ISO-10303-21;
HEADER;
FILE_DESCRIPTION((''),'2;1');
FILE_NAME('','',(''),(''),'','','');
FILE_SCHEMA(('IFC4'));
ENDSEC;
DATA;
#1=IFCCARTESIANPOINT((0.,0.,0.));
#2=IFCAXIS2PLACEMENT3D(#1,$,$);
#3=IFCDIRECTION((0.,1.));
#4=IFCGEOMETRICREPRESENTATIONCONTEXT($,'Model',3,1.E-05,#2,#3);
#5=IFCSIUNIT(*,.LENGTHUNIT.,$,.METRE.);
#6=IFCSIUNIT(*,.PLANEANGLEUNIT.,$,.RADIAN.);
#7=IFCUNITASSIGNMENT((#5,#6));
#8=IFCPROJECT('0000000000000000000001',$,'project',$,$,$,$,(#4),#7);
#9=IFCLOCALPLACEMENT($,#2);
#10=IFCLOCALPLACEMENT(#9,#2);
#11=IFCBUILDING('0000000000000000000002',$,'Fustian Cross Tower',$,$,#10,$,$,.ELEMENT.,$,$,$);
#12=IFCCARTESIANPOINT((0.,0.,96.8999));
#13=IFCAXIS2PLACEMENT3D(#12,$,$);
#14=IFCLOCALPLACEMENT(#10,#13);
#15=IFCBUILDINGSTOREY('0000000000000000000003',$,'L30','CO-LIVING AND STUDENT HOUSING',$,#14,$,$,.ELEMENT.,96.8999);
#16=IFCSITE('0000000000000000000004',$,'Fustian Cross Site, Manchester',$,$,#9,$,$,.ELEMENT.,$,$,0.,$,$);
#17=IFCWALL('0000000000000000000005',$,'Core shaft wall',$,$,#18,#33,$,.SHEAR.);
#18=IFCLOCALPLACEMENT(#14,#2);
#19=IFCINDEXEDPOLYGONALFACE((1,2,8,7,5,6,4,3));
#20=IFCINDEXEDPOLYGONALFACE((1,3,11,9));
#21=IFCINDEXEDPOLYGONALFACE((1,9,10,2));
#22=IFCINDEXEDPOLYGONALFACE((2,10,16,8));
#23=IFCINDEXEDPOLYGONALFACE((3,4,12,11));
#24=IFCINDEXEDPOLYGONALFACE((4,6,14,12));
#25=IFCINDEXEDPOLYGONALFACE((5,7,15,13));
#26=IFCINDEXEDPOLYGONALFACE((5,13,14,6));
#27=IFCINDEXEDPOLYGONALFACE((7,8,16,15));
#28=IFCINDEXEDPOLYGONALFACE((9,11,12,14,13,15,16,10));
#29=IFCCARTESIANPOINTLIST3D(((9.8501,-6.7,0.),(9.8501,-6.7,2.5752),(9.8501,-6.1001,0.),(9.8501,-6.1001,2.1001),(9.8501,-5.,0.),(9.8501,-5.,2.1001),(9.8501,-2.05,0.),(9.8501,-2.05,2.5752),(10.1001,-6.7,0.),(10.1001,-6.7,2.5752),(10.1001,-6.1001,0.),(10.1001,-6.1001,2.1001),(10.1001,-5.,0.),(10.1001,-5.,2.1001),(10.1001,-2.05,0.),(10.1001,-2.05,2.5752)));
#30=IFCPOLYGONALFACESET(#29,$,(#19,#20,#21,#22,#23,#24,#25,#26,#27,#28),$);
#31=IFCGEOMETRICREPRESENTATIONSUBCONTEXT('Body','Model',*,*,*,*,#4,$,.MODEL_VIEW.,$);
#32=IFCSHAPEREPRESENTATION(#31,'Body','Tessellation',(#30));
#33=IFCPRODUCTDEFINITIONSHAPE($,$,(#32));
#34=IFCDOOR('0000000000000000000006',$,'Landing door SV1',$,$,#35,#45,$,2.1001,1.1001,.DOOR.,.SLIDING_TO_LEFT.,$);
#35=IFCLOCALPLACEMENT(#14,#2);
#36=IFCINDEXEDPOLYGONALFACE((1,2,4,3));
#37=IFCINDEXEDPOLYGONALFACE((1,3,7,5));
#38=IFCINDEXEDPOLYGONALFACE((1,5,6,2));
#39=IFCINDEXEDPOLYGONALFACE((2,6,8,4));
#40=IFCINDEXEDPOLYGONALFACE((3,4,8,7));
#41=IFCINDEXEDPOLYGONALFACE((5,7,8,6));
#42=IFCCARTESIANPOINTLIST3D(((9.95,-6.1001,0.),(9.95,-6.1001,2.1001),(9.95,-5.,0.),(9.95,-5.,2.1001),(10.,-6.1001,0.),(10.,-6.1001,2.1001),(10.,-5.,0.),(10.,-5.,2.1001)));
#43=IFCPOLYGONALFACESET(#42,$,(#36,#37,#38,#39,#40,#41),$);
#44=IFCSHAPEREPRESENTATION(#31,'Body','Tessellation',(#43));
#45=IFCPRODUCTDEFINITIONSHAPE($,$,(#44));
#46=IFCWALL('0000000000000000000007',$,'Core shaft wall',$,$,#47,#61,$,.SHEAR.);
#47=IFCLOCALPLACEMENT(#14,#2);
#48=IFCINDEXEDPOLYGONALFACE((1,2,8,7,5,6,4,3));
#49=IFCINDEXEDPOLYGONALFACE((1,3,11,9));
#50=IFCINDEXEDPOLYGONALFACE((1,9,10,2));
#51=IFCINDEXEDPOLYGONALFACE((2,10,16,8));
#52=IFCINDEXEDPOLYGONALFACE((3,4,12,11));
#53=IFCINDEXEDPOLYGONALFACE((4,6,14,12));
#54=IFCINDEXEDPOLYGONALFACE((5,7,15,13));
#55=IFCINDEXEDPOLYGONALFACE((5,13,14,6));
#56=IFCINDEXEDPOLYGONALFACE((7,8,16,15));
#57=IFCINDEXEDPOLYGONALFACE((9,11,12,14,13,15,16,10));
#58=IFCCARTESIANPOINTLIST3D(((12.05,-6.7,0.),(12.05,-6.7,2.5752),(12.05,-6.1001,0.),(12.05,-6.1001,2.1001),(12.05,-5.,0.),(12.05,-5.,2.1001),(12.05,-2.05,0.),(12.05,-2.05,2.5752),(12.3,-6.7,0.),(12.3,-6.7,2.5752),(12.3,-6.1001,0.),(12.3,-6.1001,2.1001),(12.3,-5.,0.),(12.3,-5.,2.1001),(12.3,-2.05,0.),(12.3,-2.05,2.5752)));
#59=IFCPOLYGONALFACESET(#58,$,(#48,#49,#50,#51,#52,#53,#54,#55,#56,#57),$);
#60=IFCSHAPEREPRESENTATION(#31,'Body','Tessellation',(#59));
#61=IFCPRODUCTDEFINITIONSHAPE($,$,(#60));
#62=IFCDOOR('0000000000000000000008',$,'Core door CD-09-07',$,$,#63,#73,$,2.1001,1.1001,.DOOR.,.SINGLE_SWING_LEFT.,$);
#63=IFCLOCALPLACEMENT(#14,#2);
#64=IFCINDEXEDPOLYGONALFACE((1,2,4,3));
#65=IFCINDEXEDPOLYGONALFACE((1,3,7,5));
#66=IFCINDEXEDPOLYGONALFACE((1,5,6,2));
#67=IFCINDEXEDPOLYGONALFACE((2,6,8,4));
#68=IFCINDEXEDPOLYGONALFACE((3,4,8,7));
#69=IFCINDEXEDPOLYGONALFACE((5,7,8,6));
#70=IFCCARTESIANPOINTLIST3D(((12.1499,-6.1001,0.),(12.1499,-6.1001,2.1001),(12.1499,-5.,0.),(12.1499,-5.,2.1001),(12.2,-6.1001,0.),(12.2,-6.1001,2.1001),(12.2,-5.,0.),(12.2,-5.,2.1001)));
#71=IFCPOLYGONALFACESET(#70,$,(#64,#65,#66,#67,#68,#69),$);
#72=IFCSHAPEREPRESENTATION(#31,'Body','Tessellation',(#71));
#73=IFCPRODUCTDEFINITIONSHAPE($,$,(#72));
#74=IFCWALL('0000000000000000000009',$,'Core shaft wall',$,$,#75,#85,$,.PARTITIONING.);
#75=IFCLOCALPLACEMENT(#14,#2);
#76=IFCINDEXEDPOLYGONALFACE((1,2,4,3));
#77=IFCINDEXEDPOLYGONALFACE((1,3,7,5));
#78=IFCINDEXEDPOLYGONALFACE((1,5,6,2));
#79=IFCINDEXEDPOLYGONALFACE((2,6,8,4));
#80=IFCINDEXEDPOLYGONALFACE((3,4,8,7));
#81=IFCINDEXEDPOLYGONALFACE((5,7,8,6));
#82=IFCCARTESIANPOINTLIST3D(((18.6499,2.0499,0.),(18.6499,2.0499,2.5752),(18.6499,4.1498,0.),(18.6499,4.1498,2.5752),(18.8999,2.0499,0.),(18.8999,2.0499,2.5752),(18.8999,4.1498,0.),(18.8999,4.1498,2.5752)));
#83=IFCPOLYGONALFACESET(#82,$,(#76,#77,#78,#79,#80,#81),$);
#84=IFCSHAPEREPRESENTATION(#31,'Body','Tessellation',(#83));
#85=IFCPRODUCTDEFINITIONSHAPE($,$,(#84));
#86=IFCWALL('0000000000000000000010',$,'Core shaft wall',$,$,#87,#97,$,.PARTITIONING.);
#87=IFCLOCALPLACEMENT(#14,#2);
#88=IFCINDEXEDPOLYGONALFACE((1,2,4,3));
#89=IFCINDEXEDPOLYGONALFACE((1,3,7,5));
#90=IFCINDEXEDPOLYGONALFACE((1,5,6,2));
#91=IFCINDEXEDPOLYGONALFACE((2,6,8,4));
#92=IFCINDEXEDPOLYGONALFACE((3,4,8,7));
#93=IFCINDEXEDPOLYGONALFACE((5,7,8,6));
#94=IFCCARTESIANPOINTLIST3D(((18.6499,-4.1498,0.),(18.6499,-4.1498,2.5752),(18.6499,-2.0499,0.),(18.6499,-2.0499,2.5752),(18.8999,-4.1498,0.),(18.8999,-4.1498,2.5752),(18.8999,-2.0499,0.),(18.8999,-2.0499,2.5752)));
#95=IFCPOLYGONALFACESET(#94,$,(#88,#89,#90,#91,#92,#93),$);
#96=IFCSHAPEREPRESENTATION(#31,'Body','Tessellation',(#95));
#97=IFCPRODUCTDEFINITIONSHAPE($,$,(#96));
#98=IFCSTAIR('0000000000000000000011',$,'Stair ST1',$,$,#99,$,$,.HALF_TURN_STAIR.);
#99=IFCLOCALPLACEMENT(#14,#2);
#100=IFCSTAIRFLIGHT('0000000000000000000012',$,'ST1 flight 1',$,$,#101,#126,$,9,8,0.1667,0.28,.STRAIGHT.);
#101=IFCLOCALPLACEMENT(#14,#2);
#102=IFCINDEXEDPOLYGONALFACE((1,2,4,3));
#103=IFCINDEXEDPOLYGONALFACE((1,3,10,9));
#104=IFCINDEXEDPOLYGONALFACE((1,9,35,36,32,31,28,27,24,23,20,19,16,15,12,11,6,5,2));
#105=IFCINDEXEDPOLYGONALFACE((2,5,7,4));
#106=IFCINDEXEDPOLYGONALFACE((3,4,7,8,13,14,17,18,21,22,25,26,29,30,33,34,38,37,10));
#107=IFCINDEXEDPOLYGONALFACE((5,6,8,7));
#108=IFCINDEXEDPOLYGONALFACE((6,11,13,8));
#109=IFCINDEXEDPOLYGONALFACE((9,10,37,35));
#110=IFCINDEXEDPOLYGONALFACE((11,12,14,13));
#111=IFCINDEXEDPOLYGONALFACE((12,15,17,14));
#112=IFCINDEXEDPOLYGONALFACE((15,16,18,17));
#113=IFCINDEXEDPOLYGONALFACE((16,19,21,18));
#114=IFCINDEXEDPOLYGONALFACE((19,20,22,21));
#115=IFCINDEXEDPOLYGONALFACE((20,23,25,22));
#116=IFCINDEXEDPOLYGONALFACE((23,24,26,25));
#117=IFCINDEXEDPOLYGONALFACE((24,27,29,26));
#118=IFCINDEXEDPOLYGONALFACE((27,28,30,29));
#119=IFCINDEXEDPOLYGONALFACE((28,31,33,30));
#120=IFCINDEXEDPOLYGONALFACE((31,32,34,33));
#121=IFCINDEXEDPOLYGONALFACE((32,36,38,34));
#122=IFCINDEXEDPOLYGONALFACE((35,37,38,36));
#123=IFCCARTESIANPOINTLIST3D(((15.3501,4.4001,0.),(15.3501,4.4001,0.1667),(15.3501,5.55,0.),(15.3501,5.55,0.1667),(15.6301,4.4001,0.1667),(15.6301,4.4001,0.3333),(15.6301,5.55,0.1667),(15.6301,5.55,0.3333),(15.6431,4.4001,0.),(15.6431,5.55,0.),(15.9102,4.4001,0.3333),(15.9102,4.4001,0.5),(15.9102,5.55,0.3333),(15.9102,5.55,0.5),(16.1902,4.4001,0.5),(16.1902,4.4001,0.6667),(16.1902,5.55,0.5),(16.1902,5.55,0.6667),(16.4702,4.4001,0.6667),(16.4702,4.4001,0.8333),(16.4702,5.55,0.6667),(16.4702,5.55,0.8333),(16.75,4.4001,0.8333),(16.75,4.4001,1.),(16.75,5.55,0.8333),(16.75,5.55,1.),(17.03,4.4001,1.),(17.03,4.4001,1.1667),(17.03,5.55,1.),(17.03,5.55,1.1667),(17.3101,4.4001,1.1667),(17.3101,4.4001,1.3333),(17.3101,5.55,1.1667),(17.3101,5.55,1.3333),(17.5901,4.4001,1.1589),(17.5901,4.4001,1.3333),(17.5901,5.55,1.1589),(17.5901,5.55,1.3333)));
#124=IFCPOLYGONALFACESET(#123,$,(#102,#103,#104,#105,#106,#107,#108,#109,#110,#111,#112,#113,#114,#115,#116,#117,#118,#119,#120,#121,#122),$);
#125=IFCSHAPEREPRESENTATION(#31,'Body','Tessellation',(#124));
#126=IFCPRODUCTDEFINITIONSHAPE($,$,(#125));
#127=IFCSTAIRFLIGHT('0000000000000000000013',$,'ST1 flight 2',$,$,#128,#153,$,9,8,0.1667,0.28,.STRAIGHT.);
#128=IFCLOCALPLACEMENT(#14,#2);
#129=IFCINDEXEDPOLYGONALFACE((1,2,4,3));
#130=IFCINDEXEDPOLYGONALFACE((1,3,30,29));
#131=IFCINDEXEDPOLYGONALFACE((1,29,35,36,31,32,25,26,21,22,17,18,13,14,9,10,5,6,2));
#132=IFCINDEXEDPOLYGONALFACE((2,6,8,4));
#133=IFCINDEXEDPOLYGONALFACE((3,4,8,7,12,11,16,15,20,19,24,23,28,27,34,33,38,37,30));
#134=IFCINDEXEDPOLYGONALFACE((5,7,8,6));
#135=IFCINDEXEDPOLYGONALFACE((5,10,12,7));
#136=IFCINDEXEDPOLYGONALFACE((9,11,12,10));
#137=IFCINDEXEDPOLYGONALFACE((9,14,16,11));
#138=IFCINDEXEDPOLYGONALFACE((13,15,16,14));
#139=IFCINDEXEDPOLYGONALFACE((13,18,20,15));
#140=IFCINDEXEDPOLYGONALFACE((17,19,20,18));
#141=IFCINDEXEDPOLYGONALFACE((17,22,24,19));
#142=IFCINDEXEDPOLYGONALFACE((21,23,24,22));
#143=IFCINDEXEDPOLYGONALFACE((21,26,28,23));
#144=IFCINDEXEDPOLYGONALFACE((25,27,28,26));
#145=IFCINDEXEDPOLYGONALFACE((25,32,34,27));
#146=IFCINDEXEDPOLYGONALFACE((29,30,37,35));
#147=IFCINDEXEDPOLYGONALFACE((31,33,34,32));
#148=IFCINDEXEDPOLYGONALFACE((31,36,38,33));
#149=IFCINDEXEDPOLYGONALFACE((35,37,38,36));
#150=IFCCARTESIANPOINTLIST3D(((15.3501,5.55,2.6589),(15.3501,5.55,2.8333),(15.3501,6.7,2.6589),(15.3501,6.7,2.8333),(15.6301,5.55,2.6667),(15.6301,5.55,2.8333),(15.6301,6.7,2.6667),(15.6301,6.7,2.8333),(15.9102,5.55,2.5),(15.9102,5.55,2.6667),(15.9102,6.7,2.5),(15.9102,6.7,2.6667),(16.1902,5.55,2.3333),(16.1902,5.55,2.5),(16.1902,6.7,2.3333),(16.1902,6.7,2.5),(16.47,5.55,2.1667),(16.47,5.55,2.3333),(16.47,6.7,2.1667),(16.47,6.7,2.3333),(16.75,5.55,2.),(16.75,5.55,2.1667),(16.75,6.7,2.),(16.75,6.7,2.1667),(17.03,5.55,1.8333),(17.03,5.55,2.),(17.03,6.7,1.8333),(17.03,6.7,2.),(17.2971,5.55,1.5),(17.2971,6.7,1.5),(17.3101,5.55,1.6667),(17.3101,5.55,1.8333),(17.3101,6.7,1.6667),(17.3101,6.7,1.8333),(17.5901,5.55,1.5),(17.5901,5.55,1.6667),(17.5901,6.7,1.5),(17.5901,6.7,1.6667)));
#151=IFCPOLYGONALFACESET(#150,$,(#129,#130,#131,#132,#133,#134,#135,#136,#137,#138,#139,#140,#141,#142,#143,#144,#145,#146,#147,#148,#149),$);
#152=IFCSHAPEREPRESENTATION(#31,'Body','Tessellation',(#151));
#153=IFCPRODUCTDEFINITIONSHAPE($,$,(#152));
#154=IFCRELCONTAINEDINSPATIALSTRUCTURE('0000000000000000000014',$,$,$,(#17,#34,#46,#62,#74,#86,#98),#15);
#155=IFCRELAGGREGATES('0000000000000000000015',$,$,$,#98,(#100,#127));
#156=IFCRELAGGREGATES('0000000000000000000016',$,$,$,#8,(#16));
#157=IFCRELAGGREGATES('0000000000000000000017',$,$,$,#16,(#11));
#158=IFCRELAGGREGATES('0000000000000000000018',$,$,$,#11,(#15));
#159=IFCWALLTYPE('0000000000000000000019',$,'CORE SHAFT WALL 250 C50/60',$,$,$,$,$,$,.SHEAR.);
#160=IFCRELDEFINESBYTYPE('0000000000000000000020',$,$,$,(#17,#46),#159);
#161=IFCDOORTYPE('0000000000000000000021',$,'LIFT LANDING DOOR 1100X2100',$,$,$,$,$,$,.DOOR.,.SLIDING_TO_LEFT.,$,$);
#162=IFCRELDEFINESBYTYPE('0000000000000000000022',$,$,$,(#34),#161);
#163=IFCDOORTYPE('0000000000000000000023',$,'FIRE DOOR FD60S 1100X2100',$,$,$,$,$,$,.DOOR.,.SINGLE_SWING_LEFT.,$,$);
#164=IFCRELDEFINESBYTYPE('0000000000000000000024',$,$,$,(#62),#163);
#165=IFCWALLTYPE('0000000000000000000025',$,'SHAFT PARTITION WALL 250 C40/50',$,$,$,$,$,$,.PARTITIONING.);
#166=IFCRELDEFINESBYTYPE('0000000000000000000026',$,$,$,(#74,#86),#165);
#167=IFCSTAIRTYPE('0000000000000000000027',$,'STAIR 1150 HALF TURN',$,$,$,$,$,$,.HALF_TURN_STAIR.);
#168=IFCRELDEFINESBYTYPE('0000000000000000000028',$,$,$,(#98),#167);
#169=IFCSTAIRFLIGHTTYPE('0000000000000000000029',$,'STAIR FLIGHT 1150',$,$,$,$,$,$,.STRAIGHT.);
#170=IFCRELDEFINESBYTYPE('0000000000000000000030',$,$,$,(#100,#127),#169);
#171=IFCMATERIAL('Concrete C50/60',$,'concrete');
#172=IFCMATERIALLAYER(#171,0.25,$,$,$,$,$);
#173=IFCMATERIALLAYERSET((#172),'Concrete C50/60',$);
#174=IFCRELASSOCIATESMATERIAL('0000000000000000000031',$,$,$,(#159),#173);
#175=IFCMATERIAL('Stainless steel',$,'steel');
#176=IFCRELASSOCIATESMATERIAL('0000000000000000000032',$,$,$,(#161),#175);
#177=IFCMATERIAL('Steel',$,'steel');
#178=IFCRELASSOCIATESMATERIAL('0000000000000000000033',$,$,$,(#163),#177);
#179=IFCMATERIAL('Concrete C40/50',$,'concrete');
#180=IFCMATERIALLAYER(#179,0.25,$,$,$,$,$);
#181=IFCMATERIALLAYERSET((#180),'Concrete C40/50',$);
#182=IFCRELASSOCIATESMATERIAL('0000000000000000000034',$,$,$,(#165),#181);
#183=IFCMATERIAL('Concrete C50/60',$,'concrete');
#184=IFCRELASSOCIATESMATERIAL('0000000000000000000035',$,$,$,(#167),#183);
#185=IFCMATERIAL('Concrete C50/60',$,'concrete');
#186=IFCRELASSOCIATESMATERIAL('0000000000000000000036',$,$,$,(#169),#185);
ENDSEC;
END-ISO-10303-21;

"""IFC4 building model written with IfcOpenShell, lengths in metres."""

from ifc_helpers import new_model, si_unit, direction, frame, frame_2d, origin, place, context, subcontext, project, spatial, polyline, rectangle, outline, extrude, material, layer, layer_set, type_object, element, fill, aggregate, save


model = new_model("IFC4")

# Units and contexts
model_context = context("Model", 3, precision=1e-05, world=origin(), true_north=direction((0.0, 1.0)))
body_context = subcontext(model_context, "Body", "Model", "MODEL_VIEW")
ifc_project = project(units=[si_unit("LENGTHUNIT", "METRE"), si_unit("PLANEANGLEUNIT", "RADIAN")], contexts=[model_context])

# Site, building, storey
site_placement = place(None, origin())
site = spatial("IfcSite", under=ifc_project, at=site_placement, Name="Fustian Cross Site, Manchester", CompositionType="ELEMENT", RefElevation=0.0)
building_placement = place(site_placement, origin())
building = spatial("IfcBuilding", under=site, at=building_placement, Name="Fustian Cross Tower", CompositionType="ELEMENT")
storey_placement = place(building_placement, frame((0.0, 0.0, 96.8999)))
storey = spatial("IfcBuildingStorey", under=building, at=storey_placement, Name="L30", Description="CO-LIVING AND STUDENT HOUSING", CompositionType="ELEMENT", Elevation=96.8999)

# Shared definitions
ifc_material_1 = material(Name="Concrete C50/60", Category="concrete")
ifc_layer_1 = layer(ifc_material_1, 0.25)
ifc_layer_set_1 = layer_set([ifc_layer_1], Name="Concrete C50/60")
wall_type_1 = type_object("IfcWallType", Name="CORE SHAFT WALL 250 C50/60", PredefinedType="SHEAR", material=ifc_layer_set_1)

# Walls, openings, doors
ifc_material_2 = material(Name="Stainless steel", Category="steel")
door_type_1 = type_object("IfcDoorType", Name="LIFT LANDING DOOR 1100X2100", OperationType="SLIDING_TO_LEFT", PredefinedType="DOOR", material=ifc_material_2)
ifc_material_3 = material(Name="Steel", Category="steel")
door_type_2 = type_object("IfcDoorType", Name="FIRE DOOR FD60S 1100X2100", OperationType="SINGLE_SWING_LEFT", PredefinedType="DOOR", material=ifc_material_3)
wall_1_placement = place(storey_placement, frame((9.9751, -2.05, 0.0), z_axis=(0.0, 0.0, 1.0), x_axis=(0.0, -1.0, 0.0)))
wall_1 = element("IfcWall", 1, at=wall_1_placement, inside=storey, type_object=wall_type_1, Name="Core shaft wall", PredefinedType="SHEAR", context=body_context, shape_type="SweptSolid", body=[
    extrude(rectangle(XDim=4.6499, YDim=0.25, at=frame_2d((2.325, 0.0))), origin(), (0.0, 0.0, 1.0), 2.5752),
])
opening_1_placement = place(wall_1_placement, frame((2.95, 0.0, 0.0)))
opening_1 = element("IfcOpeningElement", 2, at=opening_1_placement, cuts=wall_1, PredefinedType="OPENING", context=body_context, shape_type="SweptSolid", body=[
    extrude(rectangle(XDim=1.1001, YDim=2.1001, at=frame_2d((0.55, 1.05))), frame((0.0, 0.135, 0.0), z_axis=(0.0, -1.0, 0.0), x_axis=(1.0, 0.0, 0.0)), (0.0, 0.0, 1.0), 0.27),
])
door_1_placement = place(opening_1_placement, origin())
door_1 = element("IfcDoor", 3, at=door_1_placement, inside=storey, type_object=door_type_1, Name="Landing door SV1", OperationType="SLIDING_TO_LEFT", OverallHeight=2.1001, OverallWidth=1.1001, PredefinedType="DOOR", context=body_context, shape_type="SweptSolid", body=[
    extrude(rectangle(XDim=1.1001, YDim=2.1001, at=frame_2d((0.55, 1.05))), frame((0.0, 0.0249, 0.0), z_axis=(0.0, -1.0, 0.0), x_axis=(1.0, 0.0, 0.0)), (0.0, 0.0, 1.0), 0.05),
])
fill(opening_1, door_1)
wall_2_placement = place(storey_placement, frame((12.175, -2.05, 0.0), z_axis=(0.0, 0.0, 1.0), x_axis=(0.0, -1.0, 0.0)))
wall_2 = element("IfcWall", 4, at=wall_2_placement, inside=storey, type_object=wall_type_1, Name="Core shaft wall", PredefinedType="SHEAR", context=body_context, shape_type="SweptSolid", body=[
    extrude(rectangle(XDim=4.6499, YDim=0.25, at=frame_2d((2.325, 0.0))), origin(), (0.0, 0.0, 1.0), 2.5752),
])
opening_2_placement = place(wall_2_placement, frame((2.95, 0.0, 0.0)))
opening_2 = element("IfcOpeningElement", 5, at=opening_2_placement, cuts=wall_2, PredefinedType="OPENING", context=body_context, shape_type="SweptSolid", body=[
    extrude(rectangle(XDim=1.1001, YDim=2.1001, at=frame_2d((0.55, 1.05))), frame((0.0, 0.135, 0.0), z_axis=(0.0, -1.0, 0.0), x_axis=(1.0, 0.0, 0.0)), (0.0, 0.0, 1.0), 0.27),
])
door_2_placement = place(opening_2_placement, origin())
door_2 = element("IfcDoor", 6, at=door_2_placement, inside=storey, type_object=door_type_2, Name="Core door CD-09-07", OperationType="SINGLE_SWING_LEFT", OverallHeight=2.1001, OverallWidth=1.1001, PredefinedType="DOOR", context=body_context, shape_type="SweptSolid", body=[
    extrude(rectangle(XDim=1.1001, YDim=2.1001, at=frame_2d((0.55, 1.05))), frame((0.0, 0.0249, 0.0), z_axis=(0.0, -1.0, 0.0), x_axis=(1.0, 0.0, 0.0)), (0.0, 0.0, 1.0), 0.05),
])
fill(opening_2, door_2)

# Walls
ifc_material_4 = material(Name="Concrete C40/50", Category="concrete")
ifc_layer_2 = layer(ifc_material_4, 0.25)
ifc_layer_set_2 = layer_set([ifc_layer_2], Name="Concrete C40/50")
wall_type_2 = type_object("IfcWallType", Name="SHAFT PARTITION WALL 250 C40/50", PredefinedType="PARTITIONING", material=ifc_layer_set_2)
for number, where, z_axis, x_axis, name in (
    (7, (18.7749, 2.05, 0.0), (0.0, 0.0, 1.0), (0.0, 1.0, 0.0), "Core shaft wall"),
    (8, (18.7749, -2.05, 0.0), (0.0, 0.0, 1.0), (0.0, -1.0, 0.0), "Core shaft wall"),
):
    element("IfcWall", number, at=place(storey_placement, frame(where, z_axis=z_axis, x_axis=x_axis)), inside=storey, type_object=wall_type_2, Name=name, PredefinedType="PARTITIONING", context=body_context, shape_type="SweptSolid", body=[
        extrude(rectangle(XDim=2.0999, YDim=0.25, at=frame_2d((1.0498, 0.0))), origin(), (0.0, 0.0, 1.0), 2.5752),
    ])

# Stair, stair flights
ifc_material_5 = material(Name="Concrete C50/60", Category="concrete")
stair_type = type_object("IfcStairType", Name="STAIR 1150 HALF TURN", PredefinedType="HALF_TURN_STAIR", material=ifc_material_5)
stair_placement = place(storey_placement, origin())
stair = element("IfcStair", 9, at=stair_placement, inside=storey, type_object=stair_type, Name="Stair ST1", PredefinedType="HALF_TURN_STAIR")
ifc_material_6 = material(Name="Concrete C50/60", Category="concrete")
stair_flight_type = type_object("IfcStairFlightType", Name="STAIR FLIGHT 1150", PredefinedType="STRAIGHT", material=ifc_material_6)
stair_flight_1_placement = place(storey_placement, frame((15.3501, 4.9751, 0.0), z_axis=(0.0, 0.0, 1.0), x_axis=(1.0, 0.0, 0.0)))
stair_flight_1 = element("IfcStairFlight", 10, at=stair_flight_1_placement, type_object=stair_flight_type, Name="ST1 flight 1", NumberOfRisers=9, NumberOfTreads=8, PredefinedType="STRAIGHT", RiserHeight=0.1667, TreadLength=0.28, context=body_context, shape_type="SweptSolid", body=[
    extrude(outline(polyline([(0.0, 0.0), (0.0, 0.1667), (0.28, 0.1667), (0.28, 0.3333), (0.5601, 0.3333), (0.5601, 0.5), (0.8401, 0.5), (0.8401, 0.6667), (1.1201, 0.6667), (1.1201, 0.8333), (1.3999, 0.8333), (1.3999, 1.0), (1.6799, 1.0), (1.6799, 1.1667), (1.96, 1.1667), (1.96, 1.3333), (2.24, 1.3333), (2.24, 1.5), (2.24, 1.1589), (0.293, 0.0), (0.0, 0.0)])), frame((0.0, 0.575, 0.0), z_axis=(0.0, -1.0, 0.0), x_axis=(1.0, 0.0, 0.0)), (0.0, 0.0, 1.0), 1.1499),
])
stair_flight_2_placement = place(storey_placement, frame((17.5901, 6.125, 1.5), z_axis=(0.0, 0.0, 1.0), x_axis=(-1.0, 0.0, 0.0)))
stair_flight_2 = element("IfcStairFlight", 11, at=stair_flight_2_placement, type_object=stair_flight_type, Name="ST1 flight 2", NumberOfRisers=9, NumberOfTreads=8, PredefinedType="STRAIGHT", RiserHeight=0.1667, TreadLength=0.28, context=body_context, shape_type="SweptSolid", body=[
    extrude(outline(polyline([(0.0, 0.0), (0.0, 0.1667), (0.28, 0.1667), (0.28, 0.3333), (0.5601, 0.3333), (0.5601, 0.5), (0.8401, 0.5), (0.8401, 0.6667), (1.1201, 0.6667), (1.1201, 0.8333), (1.3999, 0.8333), (1.3999, 1.0), (1.6799, 1.0), (1.6799, 1.1667), (1.96, 1.1667), (1.96, 1.3333), (2.24, 1.3333), (2.24, 1.5), (2.24, 1.1589), (0.293, 0.0), (0.0, 0.0)])), frame((0.0, 0.575, 0.0), z_axis=(0.0, -1.0, 0.0), x_axis=(1.0, 0.0, 0.0)), (0.0, 0.0, 1.0), 1.1499),
])
aggregate(stair, [stair_flight_1, stair_flight_2])

save(model, "model.ifc")
